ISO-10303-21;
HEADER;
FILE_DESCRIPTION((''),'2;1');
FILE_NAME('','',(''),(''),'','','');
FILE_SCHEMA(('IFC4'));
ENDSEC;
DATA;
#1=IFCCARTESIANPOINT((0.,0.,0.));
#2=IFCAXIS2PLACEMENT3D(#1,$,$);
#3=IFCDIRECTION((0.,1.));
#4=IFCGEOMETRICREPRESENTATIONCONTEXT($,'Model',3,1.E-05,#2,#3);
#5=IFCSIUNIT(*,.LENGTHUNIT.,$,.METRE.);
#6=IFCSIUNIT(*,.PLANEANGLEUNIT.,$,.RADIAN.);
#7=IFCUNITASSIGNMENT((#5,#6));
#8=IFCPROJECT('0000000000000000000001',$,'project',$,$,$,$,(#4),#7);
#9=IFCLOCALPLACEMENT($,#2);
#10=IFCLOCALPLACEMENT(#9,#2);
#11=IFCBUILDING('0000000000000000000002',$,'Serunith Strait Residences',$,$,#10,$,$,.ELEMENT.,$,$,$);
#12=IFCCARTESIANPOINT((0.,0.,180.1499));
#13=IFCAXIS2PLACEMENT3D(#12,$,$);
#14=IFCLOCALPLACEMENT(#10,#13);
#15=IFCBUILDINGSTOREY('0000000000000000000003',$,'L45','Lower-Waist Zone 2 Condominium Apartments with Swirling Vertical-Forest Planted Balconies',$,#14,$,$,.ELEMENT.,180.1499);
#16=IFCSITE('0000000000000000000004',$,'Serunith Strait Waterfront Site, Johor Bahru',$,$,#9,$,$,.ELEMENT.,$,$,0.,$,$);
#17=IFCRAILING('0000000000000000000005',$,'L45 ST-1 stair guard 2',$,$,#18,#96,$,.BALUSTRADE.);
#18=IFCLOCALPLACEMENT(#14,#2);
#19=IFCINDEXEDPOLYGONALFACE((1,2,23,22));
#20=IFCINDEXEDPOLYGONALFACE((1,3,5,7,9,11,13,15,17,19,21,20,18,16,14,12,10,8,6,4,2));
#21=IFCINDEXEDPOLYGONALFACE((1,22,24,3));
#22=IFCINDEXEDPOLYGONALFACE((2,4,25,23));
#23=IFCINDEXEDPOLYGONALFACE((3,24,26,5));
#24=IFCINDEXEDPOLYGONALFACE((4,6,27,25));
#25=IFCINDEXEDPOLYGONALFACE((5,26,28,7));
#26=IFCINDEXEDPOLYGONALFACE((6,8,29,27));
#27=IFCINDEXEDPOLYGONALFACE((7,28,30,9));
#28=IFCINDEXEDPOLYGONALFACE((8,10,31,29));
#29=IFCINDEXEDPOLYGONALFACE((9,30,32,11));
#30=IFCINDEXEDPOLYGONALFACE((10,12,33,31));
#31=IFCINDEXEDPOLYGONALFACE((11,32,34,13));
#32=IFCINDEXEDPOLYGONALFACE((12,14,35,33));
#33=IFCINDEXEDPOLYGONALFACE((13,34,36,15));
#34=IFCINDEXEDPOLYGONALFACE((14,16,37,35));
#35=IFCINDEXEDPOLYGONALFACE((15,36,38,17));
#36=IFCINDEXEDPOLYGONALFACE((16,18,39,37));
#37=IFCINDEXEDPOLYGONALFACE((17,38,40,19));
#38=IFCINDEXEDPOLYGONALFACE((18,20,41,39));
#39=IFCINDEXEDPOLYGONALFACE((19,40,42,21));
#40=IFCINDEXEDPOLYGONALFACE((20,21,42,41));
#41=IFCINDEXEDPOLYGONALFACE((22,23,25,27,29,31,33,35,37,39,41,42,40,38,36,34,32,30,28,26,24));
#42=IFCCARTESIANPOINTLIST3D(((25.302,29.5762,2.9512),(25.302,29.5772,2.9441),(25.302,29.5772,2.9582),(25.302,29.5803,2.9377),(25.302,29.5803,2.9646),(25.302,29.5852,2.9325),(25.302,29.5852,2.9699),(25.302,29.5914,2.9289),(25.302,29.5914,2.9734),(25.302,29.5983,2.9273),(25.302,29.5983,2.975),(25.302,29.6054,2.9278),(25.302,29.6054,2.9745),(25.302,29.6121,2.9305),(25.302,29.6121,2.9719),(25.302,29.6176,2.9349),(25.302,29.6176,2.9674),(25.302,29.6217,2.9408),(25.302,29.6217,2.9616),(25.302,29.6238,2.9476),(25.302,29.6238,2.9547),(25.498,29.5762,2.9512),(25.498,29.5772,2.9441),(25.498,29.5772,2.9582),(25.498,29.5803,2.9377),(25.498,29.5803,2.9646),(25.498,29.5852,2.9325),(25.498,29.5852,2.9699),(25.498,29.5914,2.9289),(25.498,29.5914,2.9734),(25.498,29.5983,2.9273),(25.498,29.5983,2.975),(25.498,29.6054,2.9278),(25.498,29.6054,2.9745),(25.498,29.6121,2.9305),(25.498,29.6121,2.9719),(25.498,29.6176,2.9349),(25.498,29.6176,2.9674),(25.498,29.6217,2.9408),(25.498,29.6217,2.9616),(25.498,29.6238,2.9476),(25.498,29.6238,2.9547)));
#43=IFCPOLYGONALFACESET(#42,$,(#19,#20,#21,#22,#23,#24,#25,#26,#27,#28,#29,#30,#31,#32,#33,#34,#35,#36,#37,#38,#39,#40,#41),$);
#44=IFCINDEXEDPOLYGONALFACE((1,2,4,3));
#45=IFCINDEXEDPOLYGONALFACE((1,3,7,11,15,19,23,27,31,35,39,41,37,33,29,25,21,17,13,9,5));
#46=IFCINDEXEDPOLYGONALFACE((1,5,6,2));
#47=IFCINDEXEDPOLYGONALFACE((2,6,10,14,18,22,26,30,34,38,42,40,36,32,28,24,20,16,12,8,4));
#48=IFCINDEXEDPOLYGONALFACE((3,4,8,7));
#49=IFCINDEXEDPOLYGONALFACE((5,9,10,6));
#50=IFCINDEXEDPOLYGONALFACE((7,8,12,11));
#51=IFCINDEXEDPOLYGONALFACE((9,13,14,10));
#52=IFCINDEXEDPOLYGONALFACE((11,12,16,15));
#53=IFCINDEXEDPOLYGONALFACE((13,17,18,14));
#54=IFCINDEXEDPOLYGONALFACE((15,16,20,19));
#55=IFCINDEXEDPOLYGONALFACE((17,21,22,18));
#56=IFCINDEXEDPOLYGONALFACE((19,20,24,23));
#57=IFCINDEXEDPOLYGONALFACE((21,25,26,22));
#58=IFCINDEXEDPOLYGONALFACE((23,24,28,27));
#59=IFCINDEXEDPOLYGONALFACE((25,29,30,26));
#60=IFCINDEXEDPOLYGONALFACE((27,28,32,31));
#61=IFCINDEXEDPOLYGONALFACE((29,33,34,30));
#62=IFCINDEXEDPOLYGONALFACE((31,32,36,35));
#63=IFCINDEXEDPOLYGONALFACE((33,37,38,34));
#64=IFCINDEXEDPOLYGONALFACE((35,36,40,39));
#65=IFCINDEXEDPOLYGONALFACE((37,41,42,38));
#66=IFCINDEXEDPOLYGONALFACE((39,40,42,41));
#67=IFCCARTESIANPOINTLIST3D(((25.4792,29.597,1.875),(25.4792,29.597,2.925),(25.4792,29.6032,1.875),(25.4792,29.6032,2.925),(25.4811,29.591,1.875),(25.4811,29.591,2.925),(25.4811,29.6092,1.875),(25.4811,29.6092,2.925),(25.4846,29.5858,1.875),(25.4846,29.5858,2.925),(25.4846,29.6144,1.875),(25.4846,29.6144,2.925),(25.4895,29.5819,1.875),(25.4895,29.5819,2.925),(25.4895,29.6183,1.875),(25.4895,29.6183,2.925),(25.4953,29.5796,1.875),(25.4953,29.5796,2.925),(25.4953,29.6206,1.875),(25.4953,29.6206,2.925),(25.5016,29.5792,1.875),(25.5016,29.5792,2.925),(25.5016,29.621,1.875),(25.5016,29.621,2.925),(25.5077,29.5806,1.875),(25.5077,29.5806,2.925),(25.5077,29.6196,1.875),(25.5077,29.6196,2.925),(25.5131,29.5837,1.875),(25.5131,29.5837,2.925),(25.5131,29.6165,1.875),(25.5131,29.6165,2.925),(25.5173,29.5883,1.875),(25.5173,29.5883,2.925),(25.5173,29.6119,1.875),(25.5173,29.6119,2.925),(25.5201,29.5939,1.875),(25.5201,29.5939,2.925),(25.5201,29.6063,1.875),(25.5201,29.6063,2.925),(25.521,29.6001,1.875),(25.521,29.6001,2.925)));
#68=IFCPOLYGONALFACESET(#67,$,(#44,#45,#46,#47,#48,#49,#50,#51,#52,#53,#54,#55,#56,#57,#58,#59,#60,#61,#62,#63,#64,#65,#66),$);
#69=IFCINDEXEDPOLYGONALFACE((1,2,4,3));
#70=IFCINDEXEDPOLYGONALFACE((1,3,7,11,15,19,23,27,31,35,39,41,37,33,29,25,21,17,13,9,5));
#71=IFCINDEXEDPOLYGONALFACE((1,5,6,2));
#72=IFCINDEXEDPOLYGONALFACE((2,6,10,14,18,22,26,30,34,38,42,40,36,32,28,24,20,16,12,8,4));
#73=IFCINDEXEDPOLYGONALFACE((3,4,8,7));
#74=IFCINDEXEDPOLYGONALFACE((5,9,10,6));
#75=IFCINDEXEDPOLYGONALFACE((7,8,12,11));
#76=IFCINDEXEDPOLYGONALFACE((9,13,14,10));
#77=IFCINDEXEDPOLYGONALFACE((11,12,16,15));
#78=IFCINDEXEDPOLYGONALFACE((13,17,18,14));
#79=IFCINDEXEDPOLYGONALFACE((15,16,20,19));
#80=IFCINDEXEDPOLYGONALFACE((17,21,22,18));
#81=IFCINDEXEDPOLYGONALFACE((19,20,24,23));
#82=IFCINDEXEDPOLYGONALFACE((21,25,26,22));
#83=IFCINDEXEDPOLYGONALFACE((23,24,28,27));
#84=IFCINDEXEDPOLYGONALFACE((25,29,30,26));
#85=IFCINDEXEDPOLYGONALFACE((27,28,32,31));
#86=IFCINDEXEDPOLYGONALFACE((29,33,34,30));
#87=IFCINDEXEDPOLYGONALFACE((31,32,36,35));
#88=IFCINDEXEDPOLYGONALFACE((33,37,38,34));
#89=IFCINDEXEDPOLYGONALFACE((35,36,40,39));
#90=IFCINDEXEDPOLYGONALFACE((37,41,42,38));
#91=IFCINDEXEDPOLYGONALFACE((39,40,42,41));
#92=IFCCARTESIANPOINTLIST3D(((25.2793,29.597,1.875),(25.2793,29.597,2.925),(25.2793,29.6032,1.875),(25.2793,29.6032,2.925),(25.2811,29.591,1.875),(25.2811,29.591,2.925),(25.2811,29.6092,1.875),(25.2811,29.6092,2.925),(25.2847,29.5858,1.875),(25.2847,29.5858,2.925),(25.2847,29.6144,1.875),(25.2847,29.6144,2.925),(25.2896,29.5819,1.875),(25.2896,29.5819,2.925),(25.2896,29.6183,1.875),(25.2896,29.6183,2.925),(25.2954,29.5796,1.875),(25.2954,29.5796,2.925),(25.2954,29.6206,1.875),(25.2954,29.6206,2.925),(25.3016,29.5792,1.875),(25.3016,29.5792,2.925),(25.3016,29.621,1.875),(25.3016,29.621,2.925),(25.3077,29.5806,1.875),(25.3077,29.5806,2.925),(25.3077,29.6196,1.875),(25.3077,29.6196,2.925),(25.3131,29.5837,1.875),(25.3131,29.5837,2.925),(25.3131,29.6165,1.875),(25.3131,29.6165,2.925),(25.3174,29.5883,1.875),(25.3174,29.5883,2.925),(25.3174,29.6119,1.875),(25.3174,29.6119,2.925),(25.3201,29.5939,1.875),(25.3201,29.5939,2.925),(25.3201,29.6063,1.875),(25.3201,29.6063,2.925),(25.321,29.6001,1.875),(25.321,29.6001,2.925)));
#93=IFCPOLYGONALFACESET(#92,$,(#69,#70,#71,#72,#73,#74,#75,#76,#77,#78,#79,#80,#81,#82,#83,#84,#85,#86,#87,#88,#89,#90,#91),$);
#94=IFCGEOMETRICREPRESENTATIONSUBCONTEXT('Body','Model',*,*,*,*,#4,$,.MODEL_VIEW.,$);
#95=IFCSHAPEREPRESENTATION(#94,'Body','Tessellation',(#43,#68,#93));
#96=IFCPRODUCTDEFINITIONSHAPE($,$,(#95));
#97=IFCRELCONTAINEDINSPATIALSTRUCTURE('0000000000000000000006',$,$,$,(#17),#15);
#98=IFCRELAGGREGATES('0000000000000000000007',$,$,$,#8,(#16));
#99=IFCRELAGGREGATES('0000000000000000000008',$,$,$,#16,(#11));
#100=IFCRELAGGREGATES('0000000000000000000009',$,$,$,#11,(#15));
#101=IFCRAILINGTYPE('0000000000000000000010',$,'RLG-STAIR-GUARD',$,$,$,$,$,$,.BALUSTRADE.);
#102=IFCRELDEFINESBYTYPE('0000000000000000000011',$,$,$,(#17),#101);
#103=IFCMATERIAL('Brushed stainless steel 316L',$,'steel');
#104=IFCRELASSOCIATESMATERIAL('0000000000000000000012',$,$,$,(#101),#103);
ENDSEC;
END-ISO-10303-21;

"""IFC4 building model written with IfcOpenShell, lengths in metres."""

from ifc_helpers import new_model, si_unit, direction, frame, origin, origin_2d, place, context, subcontext, project, spatial, circle, extrude, material, type_object, element, save


model = new_model("IFC4")

# Units and contexts
model_context = context("Model", 3, precision=1e-05, world=origin(), true_north=direction((0.0, 1.0)))
body_context = subcontext(model_context, "Body", "Model", "MODEL_VIEW")
ifc_project = project(units=[si_unit("LENGTHUNIT", "METRE"), si_unit("PLANEANGLEUNIT", "RADIAN")], contexts=[model_context])

# Site, building, storey
site_placement = place(None, origin())
site = spatial("IfcSite", under=ifc_project, at=site_placement, Name="Serunith Strait Waterfront Site, Johor Bahru", CompositionType="ELEMENT", RefElevation=0.0)
building_placement = place(site_placement, origin())
building = spatial("IfcBuilding", under=site, at=building_placement, Name="Serunith Strait Residences", CompositionType="ELEMENT")
storey_placement = place(building_placement, frame((0.0, 0.0, 180.1499)))
storey = spatial("IfcBuildingStorey", under=building, at=storey_placement, Name="L45", Description="Lower-Waist Zone 2 Condominium Apartments with Swirling Vertical-Forest Planted Balconies", CompositionType="ELEMENT", Elevation=180.1499)

# Railing
ifc_material_1 = material(Name="Brushed stainless steel 316L", Category="steel")
railing_type_1 = type_object("IfcRailingType", Name="RLG-STAIR-GUARD", PredefinedType="BALUSTRADE", material=ifc_material_1)
railing_1_placement = place(storey_placement, frame((25.5, 29.6001, 1.875)))
element("IfcRailing", 1, at=railing_1_placement, inside=storey, type_object=railing_type_1, Name="L45 ST-1 stair guard 2", PredefinedType="BALUSTRADE", context=body_context, shape_type="SweptSolid", body=[
    extrude(circle(Radius=0.0239, at=origin_2d()), frame((-0.002, 0.0, 1.0762), z_axis=(-1.0, 0.0, 0.0), x_axis=(0.0, -1.0, 0.0)), (0.0, 0.0, 1.0), 0.196),
    extrude(circle(Radius=0.021, at=origin_2d()), origin(), (0.0, 0.0, 1.0), 1.05),
    extrude(circle(Radius=0.021, at=origin_2d()), frame((-0.2, 0.0, 0.0)), (0.0, 0.0, 1.0), 1.05),
])

save(model, "model.ifc")
